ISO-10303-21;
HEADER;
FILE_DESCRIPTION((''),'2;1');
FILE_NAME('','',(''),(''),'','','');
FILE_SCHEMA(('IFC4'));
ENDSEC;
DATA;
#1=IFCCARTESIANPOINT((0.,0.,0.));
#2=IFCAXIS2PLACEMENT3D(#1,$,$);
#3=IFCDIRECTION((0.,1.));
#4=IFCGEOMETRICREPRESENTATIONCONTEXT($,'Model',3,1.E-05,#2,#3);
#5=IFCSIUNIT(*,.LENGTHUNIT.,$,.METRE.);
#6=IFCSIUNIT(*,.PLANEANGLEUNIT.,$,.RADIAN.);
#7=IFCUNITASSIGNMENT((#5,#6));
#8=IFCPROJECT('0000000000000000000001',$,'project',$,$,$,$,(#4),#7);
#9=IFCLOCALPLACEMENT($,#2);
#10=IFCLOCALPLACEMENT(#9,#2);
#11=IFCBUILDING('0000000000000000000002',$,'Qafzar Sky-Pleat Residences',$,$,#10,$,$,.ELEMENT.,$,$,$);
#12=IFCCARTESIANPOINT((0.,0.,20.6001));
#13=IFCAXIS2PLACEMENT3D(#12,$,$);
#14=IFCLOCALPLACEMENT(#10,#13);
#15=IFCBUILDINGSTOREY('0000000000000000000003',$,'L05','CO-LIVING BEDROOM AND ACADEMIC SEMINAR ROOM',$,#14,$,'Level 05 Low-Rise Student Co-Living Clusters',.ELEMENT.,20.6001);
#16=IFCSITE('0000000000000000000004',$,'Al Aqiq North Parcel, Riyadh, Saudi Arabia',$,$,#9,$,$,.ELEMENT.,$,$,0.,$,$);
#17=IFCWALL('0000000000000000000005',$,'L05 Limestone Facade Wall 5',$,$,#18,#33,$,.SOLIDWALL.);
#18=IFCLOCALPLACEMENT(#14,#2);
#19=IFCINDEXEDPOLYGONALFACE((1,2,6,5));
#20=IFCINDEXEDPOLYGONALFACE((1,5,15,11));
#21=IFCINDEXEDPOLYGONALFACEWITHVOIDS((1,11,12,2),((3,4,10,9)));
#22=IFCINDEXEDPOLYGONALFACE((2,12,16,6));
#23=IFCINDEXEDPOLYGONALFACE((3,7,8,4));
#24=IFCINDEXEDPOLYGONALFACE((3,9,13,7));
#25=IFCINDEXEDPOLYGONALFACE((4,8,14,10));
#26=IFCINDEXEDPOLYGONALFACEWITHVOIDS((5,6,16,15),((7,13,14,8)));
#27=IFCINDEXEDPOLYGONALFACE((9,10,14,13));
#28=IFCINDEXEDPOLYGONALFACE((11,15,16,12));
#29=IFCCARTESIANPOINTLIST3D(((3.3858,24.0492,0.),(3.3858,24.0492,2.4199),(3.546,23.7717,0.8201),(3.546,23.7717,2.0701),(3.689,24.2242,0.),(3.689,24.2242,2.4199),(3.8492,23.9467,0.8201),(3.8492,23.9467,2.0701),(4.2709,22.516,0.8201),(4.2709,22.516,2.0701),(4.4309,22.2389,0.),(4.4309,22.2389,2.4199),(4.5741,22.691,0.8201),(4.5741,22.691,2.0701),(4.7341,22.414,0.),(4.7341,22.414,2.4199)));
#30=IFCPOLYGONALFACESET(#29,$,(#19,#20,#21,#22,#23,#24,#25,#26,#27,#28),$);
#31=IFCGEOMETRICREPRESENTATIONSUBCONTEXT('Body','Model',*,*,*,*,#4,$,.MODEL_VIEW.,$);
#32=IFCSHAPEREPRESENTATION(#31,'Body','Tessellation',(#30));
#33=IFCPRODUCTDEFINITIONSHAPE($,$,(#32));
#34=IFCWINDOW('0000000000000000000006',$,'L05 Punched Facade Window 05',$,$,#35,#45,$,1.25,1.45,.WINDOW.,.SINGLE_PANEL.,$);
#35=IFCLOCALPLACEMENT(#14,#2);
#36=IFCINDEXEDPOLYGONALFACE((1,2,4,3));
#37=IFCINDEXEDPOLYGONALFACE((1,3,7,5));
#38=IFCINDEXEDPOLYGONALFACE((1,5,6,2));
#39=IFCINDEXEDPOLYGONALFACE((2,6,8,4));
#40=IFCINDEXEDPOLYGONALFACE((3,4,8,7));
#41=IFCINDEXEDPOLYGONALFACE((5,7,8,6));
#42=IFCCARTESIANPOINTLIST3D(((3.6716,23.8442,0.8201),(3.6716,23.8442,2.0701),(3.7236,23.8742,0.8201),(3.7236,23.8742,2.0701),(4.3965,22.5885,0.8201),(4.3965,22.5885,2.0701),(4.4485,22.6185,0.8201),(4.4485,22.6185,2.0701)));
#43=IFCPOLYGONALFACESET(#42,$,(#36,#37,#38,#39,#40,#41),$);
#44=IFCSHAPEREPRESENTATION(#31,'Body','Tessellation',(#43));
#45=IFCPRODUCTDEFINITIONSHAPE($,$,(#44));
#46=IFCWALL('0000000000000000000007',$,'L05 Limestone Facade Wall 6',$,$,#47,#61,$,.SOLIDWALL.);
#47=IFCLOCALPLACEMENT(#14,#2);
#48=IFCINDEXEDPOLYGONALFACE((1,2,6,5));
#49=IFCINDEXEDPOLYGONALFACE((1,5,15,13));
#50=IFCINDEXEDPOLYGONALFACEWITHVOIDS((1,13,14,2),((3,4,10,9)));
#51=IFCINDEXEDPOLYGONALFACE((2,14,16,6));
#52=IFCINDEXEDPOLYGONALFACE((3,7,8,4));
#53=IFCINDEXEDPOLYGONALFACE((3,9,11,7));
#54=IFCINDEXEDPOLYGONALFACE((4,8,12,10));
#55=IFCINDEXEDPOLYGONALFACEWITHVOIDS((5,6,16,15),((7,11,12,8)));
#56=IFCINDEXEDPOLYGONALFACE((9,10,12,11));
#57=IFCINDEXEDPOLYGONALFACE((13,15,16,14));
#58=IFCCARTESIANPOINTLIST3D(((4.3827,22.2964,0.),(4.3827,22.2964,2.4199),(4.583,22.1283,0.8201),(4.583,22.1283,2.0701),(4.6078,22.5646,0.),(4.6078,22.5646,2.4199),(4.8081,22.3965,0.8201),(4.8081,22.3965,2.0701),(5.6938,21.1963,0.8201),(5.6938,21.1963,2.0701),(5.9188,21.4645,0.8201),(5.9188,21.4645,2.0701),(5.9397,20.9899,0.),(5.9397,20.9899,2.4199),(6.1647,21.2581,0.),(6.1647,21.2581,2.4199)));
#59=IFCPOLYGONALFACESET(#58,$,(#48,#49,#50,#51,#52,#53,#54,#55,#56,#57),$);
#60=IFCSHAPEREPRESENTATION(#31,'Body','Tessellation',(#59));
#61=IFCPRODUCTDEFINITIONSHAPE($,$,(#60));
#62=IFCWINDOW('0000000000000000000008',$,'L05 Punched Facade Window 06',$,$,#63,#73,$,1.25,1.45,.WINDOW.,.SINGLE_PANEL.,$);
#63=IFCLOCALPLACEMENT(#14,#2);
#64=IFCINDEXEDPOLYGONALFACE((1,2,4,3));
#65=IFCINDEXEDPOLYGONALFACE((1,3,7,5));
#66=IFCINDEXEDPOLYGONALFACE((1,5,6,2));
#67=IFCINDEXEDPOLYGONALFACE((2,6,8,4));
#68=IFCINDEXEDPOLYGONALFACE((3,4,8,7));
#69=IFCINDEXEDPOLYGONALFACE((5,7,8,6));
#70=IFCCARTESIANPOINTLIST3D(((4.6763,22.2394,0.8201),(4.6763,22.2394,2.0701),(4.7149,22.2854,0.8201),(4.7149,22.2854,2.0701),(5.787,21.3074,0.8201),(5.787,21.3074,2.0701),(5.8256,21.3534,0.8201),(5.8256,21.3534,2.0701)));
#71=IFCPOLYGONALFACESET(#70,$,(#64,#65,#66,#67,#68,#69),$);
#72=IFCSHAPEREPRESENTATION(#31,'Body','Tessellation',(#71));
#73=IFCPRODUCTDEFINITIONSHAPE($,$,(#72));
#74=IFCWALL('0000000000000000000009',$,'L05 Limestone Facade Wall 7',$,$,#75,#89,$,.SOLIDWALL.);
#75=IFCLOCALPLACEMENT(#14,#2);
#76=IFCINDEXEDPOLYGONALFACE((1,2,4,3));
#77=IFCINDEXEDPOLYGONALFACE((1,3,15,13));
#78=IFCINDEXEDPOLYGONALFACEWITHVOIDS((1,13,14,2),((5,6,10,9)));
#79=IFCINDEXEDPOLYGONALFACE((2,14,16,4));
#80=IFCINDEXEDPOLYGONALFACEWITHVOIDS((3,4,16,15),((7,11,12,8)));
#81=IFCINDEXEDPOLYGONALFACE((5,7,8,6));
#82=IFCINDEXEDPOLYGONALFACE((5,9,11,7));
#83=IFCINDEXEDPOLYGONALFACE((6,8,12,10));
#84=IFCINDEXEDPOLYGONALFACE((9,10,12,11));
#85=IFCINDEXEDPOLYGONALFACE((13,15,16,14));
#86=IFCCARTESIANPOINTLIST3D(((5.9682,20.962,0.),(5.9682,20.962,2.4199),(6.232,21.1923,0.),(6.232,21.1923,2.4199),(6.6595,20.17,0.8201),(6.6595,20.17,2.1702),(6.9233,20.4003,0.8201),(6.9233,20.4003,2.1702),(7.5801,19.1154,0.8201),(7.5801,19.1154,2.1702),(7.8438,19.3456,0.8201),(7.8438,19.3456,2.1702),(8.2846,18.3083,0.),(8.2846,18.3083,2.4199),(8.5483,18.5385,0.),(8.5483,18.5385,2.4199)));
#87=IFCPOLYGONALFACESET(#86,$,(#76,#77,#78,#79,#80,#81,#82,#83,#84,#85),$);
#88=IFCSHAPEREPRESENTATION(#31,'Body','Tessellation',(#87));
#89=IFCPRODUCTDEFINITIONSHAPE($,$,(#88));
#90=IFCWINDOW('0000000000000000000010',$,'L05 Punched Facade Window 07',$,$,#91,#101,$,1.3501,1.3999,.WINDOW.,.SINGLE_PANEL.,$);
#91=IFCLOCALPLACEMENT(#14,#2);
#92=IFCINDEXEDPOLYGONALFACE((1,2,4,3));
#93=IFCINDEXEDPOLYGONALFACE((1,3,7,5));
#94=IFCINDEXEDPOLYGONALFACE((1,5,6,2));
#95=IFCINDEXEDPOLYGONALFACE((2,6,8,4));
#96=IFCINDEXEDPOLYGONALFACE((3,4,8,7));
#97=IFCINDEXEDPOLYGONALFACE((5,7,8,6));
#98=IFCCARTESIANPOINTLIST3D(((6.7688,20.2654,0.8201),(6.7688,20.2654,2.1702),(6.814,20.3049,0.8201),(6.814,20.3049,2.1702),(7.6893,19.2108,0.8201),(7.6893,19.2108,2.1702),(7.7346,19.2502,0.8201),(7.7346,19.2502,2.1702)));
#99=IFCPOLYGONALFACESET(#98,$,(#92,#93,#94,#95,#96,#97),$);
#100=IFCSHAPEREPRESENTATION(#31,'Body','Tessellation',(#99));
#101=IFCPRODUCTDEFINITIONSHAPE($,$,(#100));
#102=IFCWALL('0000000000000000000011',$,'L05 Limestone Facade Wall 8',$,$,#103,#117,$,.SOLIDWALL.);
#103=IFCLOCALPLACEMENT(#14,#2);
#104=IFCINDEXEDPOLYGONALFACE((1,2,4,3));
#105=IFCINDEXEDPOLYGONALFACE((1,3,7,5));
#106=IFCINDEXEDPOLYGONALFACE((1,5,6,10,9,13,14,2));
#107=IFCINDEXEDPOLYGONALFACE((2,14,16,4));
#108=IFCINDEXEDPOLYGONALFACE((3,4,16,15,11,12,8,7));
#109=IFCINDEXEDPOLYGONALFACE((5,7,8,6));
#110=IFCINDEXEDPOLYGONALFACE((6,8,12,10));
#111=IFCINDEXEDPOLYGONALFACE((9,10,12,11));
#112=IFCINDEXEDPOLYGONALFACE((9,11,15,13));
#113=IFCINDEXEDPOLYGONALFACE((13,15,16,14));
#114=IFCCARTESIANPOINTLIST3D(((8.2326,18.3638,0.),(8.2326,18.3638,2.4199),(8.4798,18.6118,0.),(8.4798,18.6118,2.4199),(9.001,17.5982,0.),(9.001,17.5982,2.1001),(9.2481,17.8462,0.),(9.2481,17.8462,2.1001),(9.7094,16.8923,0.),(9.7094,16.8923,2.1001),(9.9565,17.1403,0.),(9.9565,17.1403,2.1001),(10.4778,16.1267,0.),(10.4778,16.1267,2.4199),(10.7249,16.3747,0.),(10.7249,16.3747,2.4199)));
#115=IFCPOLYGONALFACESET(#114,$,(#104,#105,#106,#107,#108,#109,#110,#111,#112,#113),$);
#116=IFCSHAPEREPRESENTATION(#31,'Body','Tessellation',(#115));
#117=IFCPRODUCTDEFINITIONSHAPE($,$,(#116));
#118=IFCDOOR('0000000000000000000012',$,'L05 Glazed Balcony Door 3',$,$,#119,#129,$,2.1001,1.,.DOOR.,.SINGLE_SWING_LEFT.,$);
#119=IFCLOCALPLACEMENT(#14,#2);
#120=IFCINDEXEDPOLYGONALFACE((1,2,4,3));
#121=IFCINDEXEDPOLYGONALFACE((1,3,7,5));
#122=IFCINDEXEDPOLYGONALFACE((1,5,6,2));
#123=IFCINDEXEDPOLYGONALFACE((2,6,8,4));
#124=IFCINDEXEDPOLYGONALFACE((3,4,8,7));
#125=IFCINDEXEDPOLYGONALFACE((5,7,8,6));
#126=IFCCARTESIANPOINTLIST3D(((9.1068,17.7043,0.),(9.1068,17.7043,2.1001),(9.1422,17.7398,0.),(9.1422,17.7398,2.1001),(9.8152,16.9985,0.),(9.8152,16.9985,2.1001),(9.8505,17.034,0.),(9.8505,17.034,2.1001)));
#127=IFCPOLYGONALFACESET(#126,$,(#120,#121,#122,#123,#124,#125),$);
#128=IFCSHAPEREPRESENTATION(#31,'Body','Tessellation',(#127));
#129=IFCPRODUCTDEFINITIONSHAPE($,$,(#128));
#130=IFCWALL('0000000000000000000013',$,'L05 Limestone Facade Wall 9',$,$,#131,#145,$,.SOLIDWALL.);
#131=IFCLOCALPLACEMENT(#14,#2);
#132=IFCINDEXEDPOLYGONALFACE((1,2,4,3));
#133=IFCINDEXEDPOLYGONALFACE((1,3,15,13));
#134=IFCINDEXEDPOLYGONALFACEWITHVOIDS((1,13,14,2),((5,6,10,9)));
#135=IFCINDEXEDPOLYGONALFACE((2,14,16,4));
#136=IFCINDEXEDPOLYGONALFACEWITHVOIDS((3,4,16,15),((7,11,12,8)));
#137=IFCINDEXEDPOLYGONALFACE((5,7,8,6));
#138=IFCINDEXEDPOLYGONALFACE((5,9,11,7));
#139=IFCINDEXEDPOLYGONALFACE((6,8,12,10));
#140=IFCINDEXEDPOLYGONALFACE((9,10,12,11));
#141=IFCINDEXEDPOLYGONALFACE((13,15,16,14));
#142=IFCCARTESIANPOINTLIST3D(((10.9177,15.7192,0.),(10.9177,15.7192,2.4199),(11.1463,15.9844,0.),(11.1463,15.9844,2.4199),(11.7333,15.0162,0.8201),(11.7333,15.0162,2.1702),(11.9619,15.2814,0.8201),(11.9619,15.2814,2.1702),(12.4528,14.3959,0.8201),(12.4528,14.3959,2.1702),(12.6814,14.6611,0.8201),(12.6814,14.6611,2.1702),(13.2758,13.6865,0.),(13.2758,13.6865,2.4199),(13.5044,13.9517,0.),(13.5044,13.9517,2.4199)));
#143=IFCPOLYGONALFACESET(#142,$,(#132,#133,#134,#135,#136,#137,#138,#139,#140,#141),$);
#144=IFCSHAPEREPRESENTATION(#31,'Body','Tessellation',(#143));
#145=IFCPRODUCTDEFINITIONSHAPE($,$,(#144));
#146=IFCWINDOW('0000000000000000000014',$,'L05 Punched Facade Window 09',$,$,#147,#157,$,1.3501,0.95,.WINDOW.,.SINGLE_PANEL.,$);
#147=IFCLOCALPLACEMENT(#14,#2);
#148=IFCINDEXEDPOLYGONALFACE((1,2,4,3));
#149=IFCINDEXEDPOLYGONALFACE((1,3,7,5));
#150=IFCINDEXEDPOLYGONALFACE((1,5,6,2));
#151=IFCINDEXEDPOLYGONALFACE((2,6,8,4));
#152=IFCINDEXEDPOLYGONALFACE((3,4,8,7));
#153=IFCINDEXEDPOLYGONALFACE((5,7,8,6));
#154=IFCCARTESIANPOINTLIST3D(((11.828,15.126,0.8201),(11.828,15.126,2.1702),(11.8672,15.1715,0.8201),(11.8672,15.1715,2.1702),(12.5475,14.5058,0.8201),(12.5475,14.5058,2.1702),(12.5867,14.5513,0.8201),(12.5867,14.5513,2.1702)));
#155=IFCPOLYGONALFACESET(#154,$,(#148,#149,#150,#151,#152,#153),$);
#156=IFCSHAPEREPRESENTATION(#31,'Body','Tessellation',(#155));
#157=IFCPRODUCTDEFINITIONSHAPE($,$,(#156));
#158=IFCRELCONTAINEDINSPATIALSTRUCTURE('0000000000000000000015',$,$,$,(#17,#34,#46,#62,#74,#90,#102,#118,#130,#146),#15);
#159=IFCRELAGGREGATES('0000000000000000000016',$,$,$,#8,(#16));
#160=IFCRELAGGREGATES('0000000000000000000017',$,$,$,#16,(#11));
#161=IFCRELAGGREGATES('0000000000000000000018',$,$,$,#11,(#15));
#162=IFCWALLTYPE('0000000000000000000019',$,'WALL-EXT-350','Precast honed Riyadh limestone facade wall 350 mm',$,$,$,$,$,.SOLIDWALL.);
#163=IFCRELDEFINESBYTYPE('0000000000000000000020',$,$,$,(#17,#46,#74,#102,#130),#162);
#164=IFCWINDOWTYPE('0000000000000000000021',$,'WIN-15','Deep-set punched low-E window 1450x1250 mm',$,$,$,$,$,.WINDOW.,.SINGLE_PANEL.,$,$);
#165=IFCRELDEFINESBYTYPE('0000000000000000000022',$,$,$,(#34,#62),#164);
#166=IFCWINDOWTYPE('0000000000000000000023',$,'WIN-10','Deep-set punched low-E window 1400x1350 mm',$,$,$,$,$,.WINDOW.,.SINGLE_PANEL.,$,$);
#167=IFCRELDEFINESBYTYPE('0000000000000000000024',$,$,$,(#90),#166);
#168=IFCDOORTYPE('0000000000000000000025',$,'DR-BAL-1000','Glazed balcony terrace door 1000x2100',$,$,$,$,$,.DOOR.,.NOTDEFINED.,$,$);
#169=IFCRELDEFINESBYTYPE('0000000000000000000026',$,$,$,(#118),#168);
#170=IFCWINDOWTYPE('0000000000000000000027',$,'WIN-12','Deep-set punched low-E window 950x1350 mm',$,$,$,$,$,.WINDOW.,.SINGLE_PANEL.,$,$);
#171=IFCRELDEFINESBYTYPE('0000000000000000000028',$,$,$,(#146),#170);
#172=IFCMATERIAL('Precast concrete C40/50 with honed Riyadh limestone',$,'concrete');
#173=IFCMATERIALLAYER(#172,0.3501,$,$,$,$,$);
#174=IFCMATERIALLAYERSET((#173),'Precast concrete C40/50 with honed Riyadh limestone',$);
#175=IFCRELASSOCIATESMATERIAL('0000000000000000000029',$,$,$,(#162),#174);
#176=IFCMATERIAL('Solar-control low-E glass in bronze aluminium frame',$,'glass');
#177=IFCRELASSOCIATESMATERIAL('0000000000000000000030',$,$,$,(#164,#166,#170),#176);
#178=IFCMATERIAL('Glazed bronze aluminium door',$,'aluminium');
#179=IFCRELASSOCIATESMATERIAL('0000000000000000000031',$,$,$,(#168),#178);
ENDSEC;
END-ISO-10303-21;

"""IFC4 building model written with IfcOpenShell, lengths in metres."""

from ifc_helpers import new_model, si_unit, direction, frame, frame_2d, origin, place, context, subcontext, project, spatial, rectangle, extrude, source, transform, mapped, material, layer, layer_set, type_object, element, fill, save


model = new_model("IFC4")

# Units and contexts
model_context = context("Model", 3, precision=1e-05, world=origin(), true_north=direction((0.0, 1.0)))
body_context = subcontext(model_context, "Body", "Model", "MODEL_VIEW")
ifc_project = project(units=[si_unit("LENGTHUNIT", "METRE"), si_unit("PLANEANGLEUNIT", "RADIAN")], contexts=[model_context])

# Site, building, storey
site_placement = place(None, origin())
site = spatial("IfcSite", under=ifc_project, at=site_placement, Name="Al Aqiq North Parcel, Riyadh, Saudi Arabia", CompositionType="ELEMENT", RefElevation=0.0)
building_placement = place(site_placement, origin())
building = spatial("IfcBuilding", under=site, at=building_placement, Name="Qafzar Sky-Pleat Residences", CompositionType="ELEMENT")
storey_placement = place(building_placement, frame((0.0, 0.0, 20.6001)))
storey = spatial("IfcBuildingStorey", under=building, at=storey_placement, Name="L05", Description="CO-LIVING BEDROOM AND ACADEMIC SEMINAR ROOM", LongName="Level 05 Low-Rise Student Co-Living Clusters", CompositionType="ELEMENT", Elevation=20.6001)

# Walls, openings, windows
ifc_material_1 = material(Name="Precast concrete C40/50 with honed Riyadh limestone", Category="concrete")
ifc_layer_1 = layer(ifc_material_1, 0.3501)
ifc_layer_set_1 = layer_set([ifc_layer_1], Name="Precast concrete C40/50 with honed Riyadh limestone")
wall_type_1 = type_object("IfcWallType", Name="WALL-EXT-350", Description="Precast honed Riyadh limestone facade wall 350 mm", PredefinedType="SOLIDWALL", material=ifc_layer_set_1)
wall_1_placement = place(storey_placement, frame((3.5374, 24.1367, 0.0), z_axis=(0.0, 0.0, 1.0), x_axis=(0.499995, -0.866028, 0.0)))
wall_1 = element("IfcWall", 1, at=wall_1_placement, inside=storey, type_object=wall_type_1, Name="L05 Limestone Facade Wall 5", PredefinedType="SOLIDWALL", context=body_context, shape_type="SweptSolid", body=[
    extrude(rectangle(XDim=2.0903, YDim=0.3501, at=frame_2d((1.0452, 0.0))), origin(), (0.0, 0.0, 1.0), 2.4199),
])
opening_1_placement = place(wall_1_placement, frame((0.3203, 0.0, 0.8201)))
opening_1 = element("IfcOpeningElement", 2, at=opening_1_placement, cuts=wall_1, PredefinedType="OPENING", context=body_context, shape_type="SweptSolid", body=[
    extrude(rectangle(XDim=1.45, YDim=1.25, at=frame_2d((0.7251, 0.625))), frame((0.0, 0.1851, 0.0), z_axis=(0.0, -1.0, 0.0), x_axis=(1.0, 0.0, 0.0)), (0.0, 0.0, 1.0), 0.3701),
])
ifc_material_2 = material(Name="Solar-control low-E glass in bronze aluminium frame", Category="glass")
window_type_1 = type_object("IfcWindowType", Name="WIN-15", Description="Deep-set punched low-E window 1450x1250 mm", PartitioningType="SINGLE_PANEL", PredefinedType="WINDOW", material=ifc_material_2)
shared_shape_1 = source(origin(), body_context, "Body", "SweptSolid", [
    extrude(rectangle(XDim=1.45, YDim=1.25, at=frame_2d((0.7251, 0.625))), frame((0.0, 0.03, 0.0), z_axis=(0.0, -1.0, 0.0), x_axis=(1.0, 0.0, 0.0)), (0.0, 0.0, 1.0), 0.0601),
])
window_1_placement = place(opening_1_placement, origin())
window_1 = element("IfcWindow", 3, at=window_1_placement, inside=storey, type_object=window_type_1, Name="L05 Punched Facade Window 05", OverallHeight=1.25, OverallWidth=1.45, PartitioningType="SINGLE_PANEL", PredefinedType="WINDOW", context=body_context, shape_type="MappedRepresentation", body=[
    mapped(shared_shape_1, transform((0.0, 0.0, 0.0), x_axis=(1.0, 0.0, 0.0), y_axis=(0.0, 1.0, 0.0), z_axis=(0.0, 0.0, 1.0), scale=1.0)),
])
fill(opening_1, window_1)
wall_2_placement = place(storey_placement, frame((4.4954, 22.4304, 0.0), z_axis=(0.0, 0.0, 1.0), x_axis=(0.766041, -0.642792, 0.0)))
wall_2 = element("IfcWall", 4, at=wall_2_placement, inside=storey, type_object=wall_type_1, Name="L05 Limestone Facade Wall 6", PredefinedType="SOLIDWALL", context=body_context, shape_type="SweptSolid", body=[
    extrude(rectangle(XDim=2.0325, YDim=0.3501, at=frame_2d((1.0161, 0.0))), origin(), (0.0, 0.0, 1.0), 2.4199),
])
opening_2_placement = place(wall_2_placement, frame((0.2612, 0.0, 0.8201)))
opening_2 = element("IfcOpeningElement", 5, at=opening_2_placement, cuts=wall_2, PredefinedType="OPENING", context=body_context, shape_type="SweptSolid", body=[
    extrude(rectangle(XDim=1.45, YDim=1.25, at=frame_2d((0.7251, 0.625))), frame((0.0, 0.1851, 0.0), z_axis=(0.0, -1.0, 0.0), x_axis=(1.0, 0.0, 0.0)), (0.0, 0.0, 1.0), 0.3701),
])
window_2_placement = place(opening_2_placement, origin())
window_2 = element("IfcWindow", 6, at=window_2_placement, inside=storey, type_object=window_type_1, Name="L05 Punched Facade Window 06", OverallHeight=1.25, OverallWidth=1.45, PartitioningType="SINGLE_PANEL", PredefinedType="WINDOW", context=body_context, shape_type="MappedRepresentation", body=[
    mapped(shared_shape_1, transform((0.0, 0.0, 0.0), x_axis=(1.0, 0.0, 0.0), y_axis=(0.0, 1.0, 0.0), z_axis=(0.0, 0.0, 1.0), scale=1.0)),
])
fill(opening_2, window_2)
wall_3_placement = place(storey_placement, frame((6.1001, 21.0771, 0.0), z_axis=(0.0, 0.0, 1.0), x_axis=(0.657591, -0.753375, 0.0)))
wall_3 = element("IfcWall", 7, at=wall_3_placement, inside=storey, type_object=wall_type_1, Name="L05 Limestone Facade Wall 7", PredefinedType="SOLIDWALL", context=body_context, shape_type="SweptSolid", body=[
    extrude(rectangle(XDim=3.5225, YDim=0.3501, at=frame_2d((1.7612, 0.0))), origin(), (0.0, 0.0, 1.0), 2.4199),
])
opening_3_placement = place(wall_3_placement, frame((1.0513, 0.0, 0.8201)))
opening_3 = element("IfcOpeningElement", 8, at=opening_3_placement, cuts=wall_3, PredefinedType="OPENING", context=body_context, shape_type="SweptSolid", body=[
    extrude(rectangle(XDim=1.3999, YDim=1.3501, at=frame_2d((0.7, 0.675))), frame((0.0, 0.1851, 0.0), z_axis=(0.0, -1.0, 0.0), x_axis=(1.0, 0.0, 0.0)), (0.0, 0.0, 1.0), 0.3701),
])
window_type_2 = type_object("IfcWindowType", Name="WIN-10", Description="Deep-set punched low-E window 1400x1350 mm", PartitioningType="SINGLE_PANEL", PredefinedType="WINDOW", material=ifc_material_2)
shared_shape_2 = source(origin(), body_context, "Body", "SweptSolid", [
    extrude(rectangle(XDim=1.3999, YDim=1.3501, at=frame_2d((0.7, 0.675))), frame((0.0, 0.03, 0.0), z_axis=(0.0, -1.0, 0.0), x_axis=(1.0, 0.0, 0.0)), (0.0, 0.0, 1.0), 0.0601),
])
window_3_placement = place(opening_3_placement, origin())
window_3 = element("IfcWindow", 9, at=window_3_placement, inside=storey, type_object=window_type_2, Name="L05 Punched Facade Window 07", OverallHeight=1.3501, OverallWidth=1.3999, PartitioningType="SINGLE_PANEL", PredefinedType="WINDOW", context=body_context, shape_type="MappedRepresentation", body=[
    mapped(shared_shape_2, transform((0.0, 0.0, 0.0), x_axis=(1.0, 0.0, 0.0), y_axis=(0.0, 1.0, 0.0), z_axis=(0.0, 0.0, 1.0), scale=1.0)),
])
fill(opening_3, window_3)

# Wall, opening, door
wall_4_placement = place(storey_placement, frame((8.3562, 18.4878, 0.0), z_axis=(0.0, 0.0, 1.0), x_axis=(0.708377, -0.705835, 0.0)))
wall_4 = element("IfcWall", 10, at=wall_4_placement, inside=storey, type_object=wall_type_1, Name="L05 Limestone Facade Wall 8", PredefinedType="SOLIDWALL", context=body_context, shape_type="SweptSolid", body=[
    extrude(rectangle(XDim=3.1694, YDim=0.3501, at=frame_2d((1.5847, 0.0))), origin(), (0.0, 0.0, 1.0), 2.4199),
])
opening_4_placement = place(wall_4_placement, frame((1.0847, 0.0, 0.0)))
opening_4 = element("IfcOpeningElement", 11, at=opening_4_placement, cuts=wall_4, PredefinedType="OPENING", context=body_context, shape_type="SweptSolid", body=[
    extrude(rectangle(XDim=1.0, YDim=2.1001, at=frame_2d((0.5, 1.05))), frame((0.0, 0.1851, 0.0), z_axis=(0.0, -1.0, 0.0), x_axis=(1.0, 0.0, 0.0)), (0.0, 0.0, 1.0), 0.3701),
])
ifc_material_3 = material(Name="Glazed bronze aluminium door", Category="aluminium")
door_type = type_object("IfcDoorType", Name="DR-BAL-1000", Description="Glazed balcony terrace door 1000x2100", OperationType="NOTDEFINED", PredefinedType="DOOR", material=ifc_material_3)
shared_shape_3 = source(origin(), body_context, "Body", "SweptSolid", [
    extrude(rectangle(XDim=1.0, YDim=2.1001, at=frame_2d((0.5, 1.05))), frame((0.0, 0.0249, 0.0), z_axis=(0.0, -1.0, 0.0), x_axis=(1.0, 0.0, 0.0)), (0.0, 0.0, 1.0), 0.05),
])
door_placement = place(opening_4_placement, origin())
door = element("IfcDoor", 12, at=door_placement, inside=storey, type_object=door_type, Name="L05 Glazed Balcony Door 3", OperationType="SINGLE_SWING_LEFT", OverallHeight=2.1001, OverallWidth=1.0, PredefinedType="DOOR", context=body_context, shape_type="MappedRepresentation", body=[
    mapped(shared_shape_3, transform((0.0, 0.0, 0.0), x_axis=(1.0, 0.0, 0.0), y_axis=(0.0, 1.0, 0.0), z_axis=(0.0, 0.0, 1.0), scale=1.0)),
])
fill(opening_4, door)

# Wall, opening, window
wall_5_placement = place(storey_placement, frame((11.032, 15.8518, 0.0), z_axis=(0.0, 0.0, 1.0), x_axis=(0.757438, -0.652907, 0.0)))
wall_5 = element("IfcWall", 13, at=wall_5_placement, inside=storey, type_object=wall_type_1, Name="L05 Limestone Facade Wall 9", PredefinedType="SOLIDWALL", context=body_context, shape_type="SweptSolid", body=[
    extrude(rectangle(XDim=3.1133, YDim=0.3501, at=frame_2d((1.5566, 0.0))), origin(), (0.0, 0.0, 1.0), 2.4199),
])
opening_5_placement = place(wall_5_placement, frame((1.0767, 0.0, 0.8201)))
opening_5 = element("IfcOpeningElement", 14, at=opening_5_placement, cuts=wall_5, PredefinedType="OPENING", context=body_context, shape_type="SweptSolid", body=[
    extrude(rectangle(XDim=0.95, YDim=1.3501, at=frame_2d((0.4751, 0.675))), frame((0.0, 0.1851, 0.0), z_axis=(0.0, -1.0, 0.0), x_axis=(1.0, 0.0, 0.0)), (0.0, 0.0, 1.0), 0.3701),
])
window_type_3 = type_object("IfcWindowType", Name="WIN-12", Description="Deep-set punched low-E window 950x1350 mm", PartitioningType="SINGLE_PANEL", PredefinedType="WINDOW", material=ifc_material_2)
shared_shape_4 = source(origin(), body_context, "Body", "SweptSolid", [
    extrude(rectangle(XDim=0.95, YDim=1.3501, at=frame_2d((0.4751, 0.675))), frame((0.0, 0.03, 0.0), z_axis=(0.0, -1.0, 0.0), x_axis=(1.0, 0.0, 0.0)), (0.0, 0.0, 1.0), 0.0601),
])
window_4_placement = place(opening_5_placement, origin())
window_4 = element("IfcWindow", 15, at=window_4_placement, inside=storey, type_object=window_type_3, Name="L05 Punched Facade Window 09", OverallHeight=1.3501, OverallWidth=0.95, PartitioningType="SINGLE_PANEL", PredefinedType="WINDOW", context=body_context, shape_type="MappedRepresentation", body=[
    mapped(shared_shape_4, transform((0.0, 0.0, 0.0), x_axis=(1.0, 0.0, 0.0), y_axis=(0.0, 1.0, 0.0), z_axis=(0.0, 0.0, 1.0), scale=1.0)),
])
fill(opening_5, window_4)

save(model, "model.ifc")
